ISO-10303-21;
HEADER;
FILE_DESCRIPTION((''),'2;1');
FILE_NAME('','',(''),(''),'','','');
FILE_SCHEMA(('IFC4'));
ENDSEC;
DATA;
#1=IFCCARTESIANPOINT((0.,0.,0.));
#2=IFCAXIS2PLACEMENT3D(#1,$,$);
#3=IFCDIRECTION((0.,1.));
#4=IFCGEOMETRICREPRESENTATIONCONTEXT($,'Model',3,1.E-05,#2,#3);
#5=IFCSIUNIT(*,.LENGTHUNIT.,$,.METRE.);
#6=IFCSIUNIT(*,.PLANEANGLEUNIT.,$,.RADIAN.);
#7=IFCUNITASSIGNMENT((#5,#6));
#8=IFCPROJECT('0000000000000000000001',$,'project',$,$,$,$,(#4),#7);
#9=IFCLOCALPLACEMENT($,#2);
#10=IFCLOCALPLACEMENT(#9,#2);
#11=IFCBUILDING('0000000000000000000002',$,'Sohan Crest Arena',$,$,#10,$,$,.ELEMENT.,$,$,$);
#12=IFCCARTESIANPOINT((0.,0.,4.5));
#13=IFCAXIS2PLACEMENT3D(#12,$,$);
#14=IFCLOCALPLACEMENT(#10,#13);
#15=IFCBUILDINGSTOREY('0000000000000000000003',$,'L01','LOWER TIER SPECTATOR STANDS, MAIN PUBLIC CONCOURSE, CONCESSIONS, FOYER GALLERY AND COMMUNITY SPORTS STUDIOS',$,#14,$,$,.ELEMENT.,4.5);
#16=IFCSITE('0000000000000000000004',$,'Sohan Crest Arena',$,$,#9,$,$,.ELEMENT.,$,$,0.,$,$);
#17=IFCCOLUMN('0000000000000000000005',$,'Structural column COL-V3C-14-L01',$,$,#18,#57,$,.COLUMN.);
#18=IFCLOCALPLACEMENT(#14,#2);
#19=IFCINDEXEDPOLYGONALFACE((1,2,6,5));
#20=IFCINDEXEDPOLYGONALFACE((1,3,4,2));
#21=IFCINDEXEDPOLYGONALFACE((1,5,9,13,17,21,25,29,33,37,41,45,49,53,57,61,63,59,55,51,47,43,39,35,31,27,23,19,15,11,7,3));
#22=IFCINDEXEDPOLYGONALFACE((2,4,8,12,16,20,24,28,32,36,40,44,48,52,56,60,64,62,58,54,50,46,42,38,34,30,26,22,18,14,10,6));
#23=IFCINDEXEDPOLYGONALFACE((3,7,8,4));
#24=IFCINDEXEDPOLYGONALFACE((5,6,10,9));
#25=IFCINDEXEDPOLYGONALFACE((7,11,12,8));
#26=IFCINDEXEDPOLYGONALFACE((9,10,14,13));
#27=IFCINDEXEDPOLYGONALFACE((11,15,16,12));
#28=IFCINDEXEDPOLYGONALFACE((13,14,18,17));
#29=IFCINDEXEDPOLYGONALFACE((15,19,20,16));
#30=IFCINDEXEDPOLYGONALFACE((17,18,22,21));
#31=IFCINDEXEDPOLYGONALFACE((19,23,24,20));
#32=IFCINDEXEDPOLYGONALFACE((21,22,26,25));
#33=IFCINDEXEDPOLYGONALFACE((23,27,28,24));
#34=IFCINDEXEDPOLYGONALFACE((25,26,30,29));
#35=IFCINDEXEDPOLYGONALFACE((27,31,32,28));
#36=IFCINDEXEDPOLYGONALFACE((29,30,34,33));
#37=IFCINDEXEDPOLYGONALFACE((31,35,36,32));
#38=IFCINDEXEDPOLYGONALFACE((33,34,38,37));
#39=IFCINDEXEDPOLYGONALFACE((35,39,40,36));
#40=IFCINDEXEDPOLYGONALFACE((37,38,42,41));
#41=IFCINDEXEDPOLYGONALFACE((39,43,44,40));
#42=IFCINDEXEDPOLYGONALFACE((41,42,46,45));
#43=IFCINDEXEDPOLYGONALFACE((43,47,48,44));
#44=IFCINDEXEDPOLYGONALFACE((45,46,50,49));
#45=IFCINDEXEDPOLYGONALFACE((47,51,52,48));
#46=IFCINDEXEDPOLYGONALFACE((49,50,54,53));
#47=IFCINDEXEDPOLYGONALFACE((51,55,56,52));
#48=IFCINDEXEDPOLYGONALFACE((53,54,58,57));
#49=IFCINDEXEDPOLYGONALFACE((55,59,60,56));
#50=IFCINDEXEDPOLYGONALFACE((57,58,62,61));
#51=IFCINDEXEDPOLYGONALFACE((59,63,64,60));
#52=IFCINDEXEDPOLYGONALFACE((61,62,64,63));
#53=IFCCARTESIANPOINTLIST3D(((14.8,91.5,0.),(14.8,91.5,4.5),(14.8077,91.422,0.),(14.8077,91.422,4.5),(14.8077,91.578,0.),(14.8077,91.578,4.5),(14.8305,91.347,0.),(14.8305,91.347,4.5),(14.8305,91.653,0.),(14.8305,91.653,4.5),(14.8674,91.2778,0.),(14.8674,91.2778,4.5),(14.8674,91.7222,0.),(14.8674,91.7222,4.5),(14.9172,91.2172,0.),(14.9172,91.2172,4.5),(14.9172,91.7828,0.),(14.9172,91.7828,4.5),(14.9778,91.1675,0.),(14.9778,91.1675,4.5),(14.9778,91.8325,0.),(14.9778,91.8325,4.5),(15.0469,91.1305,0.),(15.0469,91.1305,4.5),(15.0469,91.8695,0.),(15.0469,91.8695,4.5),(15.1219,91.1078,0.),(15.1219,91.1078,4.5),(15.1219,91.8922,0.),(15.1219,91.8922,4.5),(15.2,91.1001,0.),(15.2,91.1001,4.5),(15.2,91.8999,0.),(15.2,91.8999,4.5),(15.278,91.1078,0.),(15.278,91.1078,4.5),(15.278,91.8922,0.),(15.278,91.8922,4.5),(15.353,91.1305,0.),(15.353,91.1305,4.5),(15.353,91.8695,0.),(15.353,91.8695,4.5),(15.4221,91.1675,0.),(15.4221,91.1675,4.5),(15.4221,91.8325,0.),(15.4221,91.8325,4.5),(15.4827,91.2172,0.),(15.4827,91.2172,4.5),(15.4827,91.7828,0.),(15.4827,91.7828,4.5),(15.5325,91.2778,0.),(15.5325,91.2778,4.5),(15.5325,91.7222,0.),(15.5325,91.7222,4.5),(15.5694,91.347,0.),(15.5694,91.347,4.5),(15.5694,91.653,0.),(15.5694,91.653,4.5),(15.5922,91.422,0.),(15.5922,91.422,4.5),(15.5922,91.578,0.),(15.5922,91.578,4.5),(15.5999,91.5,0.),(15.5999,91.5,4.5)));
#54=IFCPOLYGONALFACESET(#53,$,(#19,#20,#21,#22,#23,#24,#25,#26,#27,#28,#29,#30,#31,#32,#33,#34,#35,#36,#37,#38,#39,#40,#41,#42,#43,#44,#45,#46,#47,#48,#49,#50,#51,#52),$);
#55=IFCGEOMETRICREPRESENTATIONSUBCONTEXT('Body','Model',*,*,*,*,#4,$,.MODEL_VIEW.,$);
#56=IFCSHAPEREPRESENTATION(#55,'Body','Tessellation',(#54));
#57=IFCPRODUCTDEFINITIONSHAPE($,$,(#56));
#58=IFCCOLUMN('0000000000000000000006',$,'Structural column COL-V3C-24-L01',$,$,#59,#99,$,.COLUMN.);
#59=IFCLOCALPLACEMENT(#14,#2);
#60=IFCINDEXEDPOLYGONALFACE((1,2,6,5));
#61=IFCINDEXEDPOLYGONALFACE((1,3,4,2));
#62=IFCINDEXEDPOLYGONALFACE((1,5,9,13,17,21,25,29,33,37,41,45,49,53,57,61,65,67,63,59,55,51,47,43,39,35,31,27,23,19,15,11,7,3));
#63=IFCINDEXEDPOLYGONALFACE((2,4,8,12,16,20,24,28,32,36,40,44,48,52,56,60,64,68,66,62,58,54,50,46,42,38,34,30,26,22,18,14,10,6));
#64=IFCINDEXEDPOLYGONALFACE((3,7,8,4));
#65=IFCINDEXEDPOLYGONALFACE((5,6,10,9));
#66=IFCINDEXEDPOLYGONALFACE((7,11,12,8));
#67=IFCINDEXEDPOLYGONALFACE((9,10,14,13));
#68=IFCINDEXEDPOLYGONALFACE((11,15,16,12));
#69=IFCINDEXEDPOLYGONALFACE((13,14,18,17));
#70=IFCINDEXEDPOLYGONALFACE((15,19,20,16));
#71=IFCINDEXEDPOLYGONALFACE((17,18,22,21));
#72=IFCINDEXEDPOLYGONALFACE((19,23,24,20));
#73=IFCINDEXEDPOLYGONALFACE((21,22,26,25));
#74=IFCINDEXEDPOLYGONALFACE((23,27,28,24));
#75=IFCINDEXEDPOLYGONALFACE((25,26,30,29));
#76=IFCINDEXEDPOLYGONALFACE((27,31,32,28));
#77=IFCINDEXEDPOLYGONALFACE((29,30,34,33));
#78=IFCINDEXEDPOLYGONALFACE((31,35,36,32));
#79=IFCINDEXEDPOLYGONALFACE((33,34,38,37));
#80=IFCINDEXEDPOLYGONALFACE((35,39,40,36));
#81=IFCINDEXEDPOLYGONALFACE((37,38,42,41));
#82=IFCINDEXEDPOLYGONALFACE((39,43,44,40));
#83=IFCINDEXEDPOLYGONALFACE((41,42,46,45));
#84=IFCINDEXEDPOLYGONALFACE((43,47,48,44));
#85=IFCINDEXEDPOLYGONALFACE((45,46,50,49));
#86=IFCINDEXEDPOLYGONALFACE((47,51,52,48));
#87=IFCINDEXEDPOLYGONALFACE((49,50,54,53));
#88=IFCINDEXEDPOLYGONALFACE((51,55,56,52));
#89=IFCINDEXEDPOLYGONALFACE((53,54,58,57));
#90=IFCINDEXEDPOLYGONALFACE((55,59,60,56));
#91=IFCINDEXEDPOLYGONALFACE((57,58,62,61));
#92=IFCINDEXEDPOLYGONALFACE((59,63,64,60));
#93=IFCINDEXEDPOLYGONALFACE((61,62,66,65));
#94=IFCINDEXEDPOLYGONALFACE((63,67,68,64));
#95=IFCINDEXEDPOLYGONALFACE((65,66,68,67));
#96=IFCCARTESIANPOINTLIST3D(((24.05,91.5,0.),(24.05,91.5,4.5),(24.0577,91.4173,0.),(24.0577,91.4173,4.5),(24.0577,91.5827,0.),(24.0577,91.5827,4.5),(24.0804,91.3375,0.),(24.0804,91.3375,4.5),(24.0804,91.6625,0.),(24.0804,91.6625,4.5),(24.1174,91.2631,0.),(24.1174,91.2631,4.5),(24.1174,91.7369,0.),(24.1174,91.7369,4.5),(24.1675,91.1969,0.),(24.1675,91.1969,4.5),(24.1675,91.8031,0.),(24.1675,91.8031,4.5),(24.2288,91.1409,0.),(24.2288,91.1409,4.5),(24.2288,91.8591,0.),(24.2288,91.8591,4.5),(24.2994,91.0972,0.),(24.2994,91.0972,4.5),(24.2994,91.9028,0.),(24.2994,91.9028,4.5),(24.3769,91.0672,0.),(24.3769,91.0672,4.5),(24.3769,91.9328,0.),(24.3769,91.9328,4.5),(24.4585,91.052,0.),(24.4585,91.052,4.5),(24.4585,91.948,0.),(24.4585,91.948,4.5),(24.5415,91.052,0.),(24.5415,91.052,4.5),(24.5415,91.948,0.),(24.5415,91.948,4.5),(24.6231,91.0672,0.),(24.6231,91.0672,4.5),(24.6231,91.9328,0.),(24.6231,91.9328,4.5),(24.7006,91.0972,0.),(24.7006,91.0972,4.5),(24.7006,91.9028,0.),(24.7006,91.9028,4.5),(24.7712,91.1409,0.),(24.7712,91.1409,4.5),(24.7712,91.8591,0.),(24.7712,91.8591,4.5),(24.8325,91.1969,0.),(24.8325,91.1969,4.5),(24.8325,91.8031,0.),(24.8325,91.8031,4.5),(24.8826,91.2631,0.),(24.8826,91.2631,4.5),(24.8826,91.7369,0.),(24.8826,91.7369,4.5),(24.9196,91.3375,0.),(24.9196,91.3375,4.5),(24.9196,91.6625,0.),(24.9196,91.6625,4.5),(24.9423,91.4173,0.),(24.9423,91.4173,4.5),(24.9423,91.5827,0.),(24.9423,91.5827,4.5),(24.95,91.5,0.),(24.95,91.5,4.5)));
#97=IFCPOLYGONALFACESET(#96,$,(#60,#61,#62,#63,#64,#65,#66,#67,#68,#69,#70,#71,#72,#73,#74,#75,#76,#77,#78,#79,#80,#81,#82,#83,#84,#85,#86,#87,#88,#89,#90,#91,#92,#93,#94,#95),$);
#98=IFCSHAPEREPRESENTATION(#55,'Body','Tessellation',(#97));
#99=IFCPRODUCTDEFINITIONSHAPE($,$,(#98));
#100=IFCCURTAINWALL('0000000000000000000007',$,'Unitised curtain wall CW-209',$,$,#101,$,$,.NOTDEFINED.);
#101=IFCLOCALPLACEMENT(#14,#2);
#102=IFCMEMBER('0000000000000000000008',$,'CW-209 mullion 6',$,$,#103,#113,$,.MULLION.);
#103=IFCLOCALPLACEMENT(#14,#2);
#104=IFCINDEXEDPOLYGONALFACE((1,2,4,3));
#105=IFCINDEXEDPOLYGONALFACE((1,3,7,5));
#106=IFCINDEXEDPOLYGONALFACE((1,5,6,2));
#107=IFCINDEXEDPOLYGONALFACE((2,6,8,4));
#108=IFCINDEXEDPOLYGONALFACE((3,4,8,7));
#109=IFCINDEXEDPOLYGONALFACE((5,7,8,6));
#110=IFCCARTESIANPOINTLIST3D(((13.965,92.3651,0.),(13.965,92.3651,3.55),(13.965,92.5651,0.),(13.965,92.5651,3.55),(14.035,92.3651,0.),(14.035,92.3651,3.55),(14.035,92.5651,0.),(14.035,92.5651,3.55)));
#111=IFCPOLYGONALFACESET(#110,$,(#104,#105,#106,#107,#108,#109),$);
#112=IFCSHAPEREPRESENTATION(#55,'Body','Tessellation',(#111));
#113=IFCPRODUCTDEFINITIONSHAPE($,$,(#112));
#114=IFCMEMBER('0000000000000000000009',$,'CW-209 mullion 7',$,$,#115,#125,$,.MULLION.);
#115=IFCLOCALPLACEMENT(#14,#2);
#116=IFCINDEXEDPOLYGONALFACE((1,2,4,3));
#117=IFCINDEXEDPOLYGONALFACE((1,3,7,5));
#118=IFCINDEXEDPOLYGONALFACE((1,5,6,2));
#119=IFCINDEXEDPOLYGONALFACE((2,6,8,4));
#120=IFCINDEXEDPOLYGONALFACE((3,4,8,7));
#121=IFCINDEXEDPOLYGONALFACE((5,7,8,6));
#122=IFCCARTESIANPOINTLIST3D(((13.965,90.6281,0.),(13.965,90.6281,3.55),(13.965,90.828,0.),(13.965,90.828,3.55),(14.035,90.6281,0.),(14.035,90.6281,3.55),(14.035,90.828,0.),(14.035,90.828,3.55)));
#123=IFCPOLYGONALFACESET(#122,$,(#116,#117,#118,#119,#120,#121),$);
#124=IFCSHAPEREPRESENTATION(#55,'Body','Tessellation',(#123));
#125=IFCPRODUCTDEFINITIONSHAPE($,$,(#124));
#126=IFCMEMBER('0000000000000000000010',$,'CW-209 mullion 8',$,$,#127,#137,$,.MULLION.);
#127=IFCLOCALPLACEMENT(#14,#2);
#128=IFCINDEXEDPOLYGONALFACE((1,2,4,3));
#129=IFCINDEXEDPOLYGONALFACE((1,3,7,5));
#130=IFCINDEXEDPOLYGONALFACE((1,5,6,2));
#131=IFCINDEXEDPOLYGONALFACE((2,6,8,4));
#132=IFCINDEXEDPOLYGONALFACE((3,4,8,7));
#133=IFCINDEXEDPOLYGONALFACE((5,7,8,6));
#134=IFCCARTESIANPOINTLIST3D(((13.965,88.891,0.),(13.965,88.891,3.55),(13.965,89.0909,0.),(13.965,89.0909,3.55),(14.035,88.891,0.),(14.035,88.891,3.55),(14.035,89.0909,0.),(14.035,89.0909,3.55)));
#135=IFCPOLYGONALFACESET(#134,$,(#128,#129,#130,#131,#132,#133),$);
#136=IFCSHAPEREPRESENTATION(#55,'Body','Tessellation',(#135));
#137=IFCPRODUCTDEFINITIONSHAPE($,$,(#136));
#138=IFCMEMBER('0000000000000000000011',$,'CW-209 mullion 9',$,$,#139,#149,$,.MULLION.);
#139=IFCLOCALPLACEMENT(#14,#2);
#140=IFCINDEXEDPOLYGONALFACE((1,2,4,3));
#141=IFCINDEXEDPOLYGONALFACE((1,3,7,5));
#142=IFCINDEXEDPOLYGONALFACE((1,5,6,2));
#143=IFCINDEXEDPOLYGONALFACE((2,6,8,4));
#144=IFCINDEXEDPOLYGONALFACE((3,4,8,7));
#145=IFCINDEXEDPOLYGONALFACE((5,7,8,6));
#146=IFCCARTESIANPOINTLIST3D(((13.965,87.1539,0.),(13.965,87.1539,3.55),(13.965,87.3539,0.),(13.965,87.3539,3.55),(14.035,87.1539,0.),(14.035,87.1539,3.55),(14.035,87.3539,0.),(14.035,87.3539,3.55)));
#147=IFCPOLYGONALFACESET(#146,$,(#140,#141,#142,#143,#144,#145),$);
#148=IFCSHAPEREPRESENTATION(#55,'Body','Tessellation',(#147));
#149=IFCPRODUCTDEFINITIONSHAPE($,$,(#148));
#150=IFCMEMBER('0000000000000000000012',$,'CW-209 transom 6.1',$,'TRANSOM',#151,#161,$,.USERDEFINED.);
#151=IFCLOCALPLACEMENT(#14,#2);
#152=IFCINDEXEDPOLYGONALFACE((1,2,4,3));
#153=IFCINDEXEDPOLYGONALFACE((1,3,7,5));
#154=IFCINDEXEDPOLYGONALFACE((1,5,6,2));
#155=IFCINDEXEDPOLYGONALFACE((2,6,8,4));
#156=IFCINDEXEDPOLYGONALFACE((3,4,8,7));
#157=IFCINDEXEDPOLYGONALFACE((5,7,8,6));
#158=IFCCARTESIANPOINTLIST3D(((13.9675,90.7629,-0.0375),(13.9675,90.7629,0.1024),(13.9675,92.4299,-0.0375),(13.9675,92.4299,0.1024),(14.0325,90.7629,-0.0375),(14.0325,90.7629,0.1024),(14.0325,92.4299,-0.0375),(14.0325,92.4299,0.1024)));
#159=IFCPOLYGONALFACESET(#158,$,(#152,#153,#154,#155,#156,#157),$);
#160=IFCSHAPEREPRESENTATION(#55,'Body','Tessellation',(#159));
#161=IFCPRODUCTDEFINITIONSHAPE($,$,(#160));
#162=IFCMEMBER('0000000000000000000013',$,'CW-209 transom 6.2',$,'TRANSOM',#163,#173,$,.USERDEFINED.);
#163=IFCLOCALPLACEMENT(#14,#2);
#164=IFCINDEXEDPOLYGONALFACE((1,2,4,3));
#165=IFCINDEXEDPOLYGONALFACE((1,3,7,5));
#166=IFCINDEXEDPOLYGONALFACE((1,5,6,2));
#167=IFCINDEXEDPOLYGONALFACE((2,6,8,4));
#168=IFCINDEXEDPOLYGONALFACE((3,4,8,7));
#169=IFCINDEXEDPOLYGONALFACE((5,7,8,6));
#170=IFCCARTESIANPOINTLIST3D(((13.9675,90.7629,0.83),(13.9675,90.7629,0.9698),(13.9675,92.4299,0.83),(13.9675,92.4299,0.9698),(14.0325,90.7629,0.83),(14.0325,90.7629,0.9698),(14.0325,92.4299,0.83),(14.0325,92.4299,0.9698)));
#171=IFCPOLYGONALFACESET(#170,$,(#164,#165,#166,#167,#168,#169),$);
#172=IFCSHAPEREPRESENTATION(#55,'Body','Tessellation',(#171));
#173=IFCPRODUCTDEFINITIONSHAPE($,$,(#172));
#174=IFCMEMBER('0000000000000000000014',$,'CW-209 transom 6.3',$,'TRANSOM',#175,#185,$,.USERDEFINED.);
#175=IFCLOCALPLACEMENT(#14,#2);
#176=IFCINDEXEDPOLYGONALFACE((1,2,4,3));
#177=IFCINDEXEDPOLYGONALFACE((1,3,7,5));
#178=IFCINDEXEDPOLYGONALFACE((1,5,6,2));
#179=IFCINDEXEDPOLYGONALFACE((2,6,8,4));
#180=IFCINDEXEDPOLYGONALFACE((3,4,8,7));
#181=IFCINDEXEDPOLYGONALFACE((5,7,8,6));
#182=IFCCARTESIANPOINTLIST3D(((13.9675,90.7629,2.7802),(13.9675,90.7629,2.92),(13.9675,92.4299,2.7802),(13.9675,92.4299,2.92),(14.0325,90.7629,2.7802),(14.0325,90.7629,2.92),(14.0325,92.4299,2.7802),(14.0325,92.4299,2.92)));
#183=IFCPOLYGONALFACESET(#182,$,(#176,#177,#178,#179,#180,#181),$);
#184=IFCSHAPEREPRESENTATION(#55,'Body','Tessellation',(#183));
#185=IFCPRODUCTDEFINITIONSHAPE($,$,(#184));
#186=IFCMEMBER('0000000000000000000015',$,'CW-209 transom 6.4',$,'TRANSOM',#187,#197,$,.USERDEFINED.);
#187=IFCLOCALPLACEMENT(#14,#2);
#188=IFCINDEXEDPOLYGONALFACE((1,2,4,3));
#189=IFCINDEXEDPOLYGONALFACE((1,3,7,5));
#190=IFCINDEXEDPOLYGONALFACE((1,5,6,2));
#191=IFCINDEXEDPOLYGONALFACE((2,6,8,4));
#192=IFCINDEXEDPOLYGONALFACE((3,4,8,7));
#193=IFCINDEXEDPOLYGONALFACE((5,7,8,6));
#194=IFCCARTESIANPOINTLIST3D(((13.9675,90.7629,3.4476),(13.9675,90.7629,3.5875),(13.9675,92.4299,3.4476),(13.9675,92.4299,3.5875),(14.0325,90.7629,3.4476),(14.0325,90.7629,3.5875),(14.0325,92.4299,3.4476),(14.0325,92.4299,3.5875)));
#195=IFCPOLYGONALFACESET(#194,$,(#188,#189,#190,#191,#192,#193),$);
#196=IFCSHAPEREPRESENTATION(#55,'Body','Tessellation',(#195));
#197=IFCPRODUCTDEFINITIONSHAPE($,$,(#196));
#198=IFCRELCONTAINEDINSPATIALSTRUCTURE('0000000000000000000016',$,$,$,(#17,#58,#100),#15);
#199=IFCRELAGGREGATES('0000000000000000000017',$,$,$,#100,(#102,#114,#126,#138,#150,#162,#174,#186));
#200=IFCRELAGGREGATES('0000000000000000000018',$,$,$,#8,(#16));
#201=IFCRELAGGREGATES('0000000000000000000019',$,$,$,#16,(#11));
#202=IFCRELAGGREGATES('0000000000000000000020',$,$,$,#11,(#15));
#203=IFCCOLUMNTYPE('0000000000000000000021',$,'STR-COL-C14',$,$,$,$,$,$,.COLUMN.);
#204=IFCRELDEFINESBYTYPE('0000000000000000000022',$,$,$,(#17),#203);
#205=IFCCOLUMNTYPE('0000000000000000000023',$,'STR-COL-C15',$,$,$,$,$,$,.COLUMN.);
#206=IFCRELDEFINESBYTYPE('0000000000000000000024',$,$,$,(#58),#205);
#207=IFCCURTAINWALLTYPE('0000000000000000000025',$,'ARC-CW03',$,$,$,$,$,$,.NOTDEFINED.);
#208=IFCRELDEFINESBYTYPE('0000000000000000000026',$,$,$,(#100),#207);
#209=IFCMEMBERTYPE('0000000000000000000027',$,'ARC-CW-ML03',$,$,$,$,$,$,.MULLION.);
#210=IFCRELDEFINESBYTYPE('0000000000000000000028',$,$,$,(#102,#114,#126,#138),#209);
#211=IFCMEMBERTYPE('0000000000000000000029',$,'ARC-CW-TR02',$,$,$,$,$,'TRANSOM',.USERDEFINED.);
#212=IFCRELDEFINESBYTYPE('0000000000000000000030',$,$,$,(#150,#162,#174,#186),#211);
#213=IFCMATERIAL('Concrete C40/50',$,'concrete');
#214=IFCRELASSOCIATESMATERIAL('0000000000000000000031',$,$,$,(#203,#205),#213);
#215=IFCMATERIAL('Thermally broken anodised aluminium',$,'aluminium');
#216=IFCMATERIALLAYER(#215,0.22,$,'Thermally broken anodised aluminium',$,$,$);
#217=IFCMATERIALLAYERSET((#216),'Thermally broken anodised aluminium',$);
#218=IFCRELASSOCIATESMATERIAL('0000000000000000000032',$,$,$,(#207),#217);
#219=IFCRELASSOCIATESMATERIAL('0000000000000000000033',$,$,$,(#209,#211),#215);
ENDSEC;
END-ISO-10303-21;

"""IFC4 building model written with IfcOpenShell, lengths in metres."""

from ifc_helpers import new_model, si_unit, direction, frame, origin, origin_2d, place, context, subcontext, project, spatial, rectangle, circle, extrude, material, layer, layer_set, material_profile, profile_set, type_object, element, aggregate, save


model = new_model("IFC4")

# Units and contexts
model_context = context("Model", 3, precision=1e-05, world=origin(), true_north=direction((0.0, 1.0)))
body_context = subcontext(model_context, "Body", "Model", "MODEL_VIEW")
ifc_project = project(units=[si_unit("LENGTHUNIT", "METRE"), si_unit("PLANEANGLEUNIT", "RADIAN")], contexts=[model_context])

# Site, building, storey
site_placement = place(None, origin())
site = spatial("IfcSite", under=ifc_project, at=site_placement, Name="Sohan Crest Arena", CompositionType="ELEMENT", RefElevation=0.0)
building_placement = place(site_placement, origin())
building = spatial("IfcBuilding", under=site, at=building_placement, Name="Sohan Crest Arena", CompositionType="ELEMENT")
storey_placement = place(building_placement, frame((0.0, 0.0, 4.5)))
storey = spatial("IfcBuildingStorey", under=building, at=storey_placement, Name="L01", Description="LOWER TIER SPECTATOR STANDS, MAIN PUBLIC CONCOURSE, CONCESSIONS, FOYER GALLERY AND COMMUNITY SPORTS STUDIOS", CompositionType="ELEMENT", Elevation=4.5)

# Columns
ifc_material_1 = material(Name="Concrete C40/50", Category="concrete")
ifc_material_profile_1 = material_profile(ifc_material_1, circle(Radius=0.3999, at=origin_2d()), Name="RC D800")
ifc_profile_set_1 = profile_set([ifc_material_profile_1], Name="Concrete C40/50")
column_type_1 = type_object("IfcColumnType", Name="STR-COL-C14", PredefinedType="COLUMN", material=ifc_profile_set_1)
column_1_placement = place(storey_placement, frame((15.2, 91.5, 0.0), z_axis=(0.0, 0.0, 1.0), x_axis=(1.0, 0.0, 0.0)))
element("IfcColumn", 1, at=column_1_placement, inside=storey, type_object=column_type_1, Name="Structural column COL-V3C-14-L01", PredefinedType="COLUMN", context=body_context, shape_type="SweptSolid", body=[
    extrude(circle(Radius=0.3999, at=origin_2d()), origin(), (0.0, 0.0, 1.0), 4.5),
])
ifc_material_profile_2 = material_profile(ifc_material_1, circle(Radius=0.45, at=origin_2d()), Name="RC D900")
ifc_profile_set_2 = profile_set([ifc_material_profile_2], Name="Concrete C40/50")
column_type_2 = type_object("IfcColumnType", Name="STR-COL-C15", PredefinedType="COLUMN", material=ifc_profile_set_2)
column_2_placement = place(storey_placement, frame((24.5, 91.5, 0.0), z_axis=(0.0, 0.0, 1.0), x_axis=(1.0, 0.0, 0.0)))
element("IfcColumn", 2, at=column_2_placement, inside=storey, type_object=column_type_2, Name="Structural column COL-V3C-24-L01", PredefinedType="COLUMN", context=body_context, shape_type="SweptSolid", body=[
    extrude(circle(Radius=0.45, at=origin_2d()), origin(), (0.0, 0.0, 1.0), 4.5),
])

# Curtain wall, members
ifc_material_2 = material(Name="Thermally broken anodised aluminium", Category="aluminium")
ifc_layer_1 = layer(ifc_material_2, 0.22, Name="Thermally broken anodised aluminium")
ifc_layer_set_1 = layer_set([ifc_layer_1], Name="Thermally broken anodised aluminium")
curtain_wall_type = type_object("IfcCurtainWallType", Name="ARC-CW03", PredefinedType="NOTDEFINED", material=ifc_layer_set_1)
curtain_wall_placement = place(storey_placement, origin())
curtain_wall = element("IfcCurtainWall", 3, at=curtain_wall_placement, inside=storey, type_object=curtain_wall_type, Name="Unitised curtain wall CW-209", PredefinedType="NOTDEFINED")
ifc_material_profile_3 = material_profile(ifc_material_2, rectangle(XDim=0.0701, YDim=0.2, at=origin_2d()), Name="ALU-MULL 70x200")
ifc_profile_set_3 = profile_set([ifc_material_profile_3], Name="Thermally broken anodised aluminium")
member_type_1 = type_object("IfcMemberType", Name="ARC-CW-ML03", PredefinedType="MULLION", material=ifc_profile_set_3)
member_1_placement = place(storey_placement, frame((14.0, 92.4651, 0.0), z_axis=(0.0, 0.0, 1.0), x_axis=(1.0, 0.0, 0.0)))
member_1 = element("IfcMember", 4, at=member_1_placement, type_object=member_type_1, Name="CW-209 mullion 6", PredefinedType="MULLION", context=body_context, shape_type="SweptSolid", body=[
    extrude(rectangle(XDim=0.0701, YDim=0.2, at=origin_2d()), origin(), (0.0, 0.0, 1.0), 3.55),
])
member_2_placement = place(storey_placement, frame((14.0, 90.728, 0.0), z_axis=(0.0, 0.0, 1.0), x_axis=(1.0, 0.0, 0.0)))
member_2 = element("IfcMember", 5, at=member_2_placement, type_object=member_type_1, Name="CW-209 mullion 7", PredefinedType="MULLION", context=body_context, shape_type="SweptSolid", body=[
    extrude(rectangle(XDim=0.0701, YDim=0.2, at=origin_2d()), origin(), (0.0, 0.0, 1.0), 3.55),
])
member_3_placement = place(storey_placement, frame((14.0, 88.991, 0.0), z_axis=(0.0, 0.0, 1.0), x_axis=(1.0, 0.0, 0.0)))
member_3 = element("IfcMember", 6, at=member_3_placement, type_object=member_type_1, Name="CW-209 mullion 8", PredefinedType="MULLION", context=body_context, shape_type="SweptSolid", body=[
    extrude(rectangle(XDim=0.0701, YDim=0.2, at=origin_2d()), origin(), (0.0, 0.0, 1.0), 3.55),
])
member_4_placement = place(storey_placement, frame((14.0, 87.2539, 0.0), z_axis=(0.0, 0.0, 1.0), x_axis=(1.0, 0.0, 0.0)))
member_4 = element("IfcMember", 7, at=member_4_placement, type_object=member_type_1, Name="CW-209 mullion 9", PredefinedType="MULLION", context=body_context, shape_type="SweptSolid", body=[
    extrude(rectangle(XDim=0.0701, YDim=0.2, at=origin_2d()), origin(), (0.0, 0.0, 1.0), 3.55),
])
ifc_material_profile_4 = material_profile(ifc_material_2, rectangle(XDim=0.0649, YDim=0.1399, at=origin_2d()), Name="ALU-TRAN 65x140")
ifc_profile_set_4 = profile_set([ifc_material_profile_4], Name="Thermally broken anodised aluminium")
member_type_2 = type_object("IfcMemberType", Name="ARC-CW-TR02", ElementType="TRANSOM", PredefinedType="USERDEFINED", material=ifc_profile_set_4)
member_5_placement = place(storey_placement, frame((14.0, 92.4299, 0.0325), z_axis=(0.0, -1.0, 0.0), x_axis=(1.0, 0.0, 0.0)))
member_5 = element("IfcMember", 8, at=member_5_placement, type_object=member_type_2, Name="CW-209 transom 6.1", ObjectType="TRANSOM", PredefinedType="USERDEFINED", context=body_context, shape_type="SweptSolid", body=[
    extrude(rectangle(XDim=0.0649, YDim=0.1399, at=origin_2d()), origin(), (0.0, 0.0, 1.0), 1.667),
])
member_6_placement = place(storey_placement, frame((14.0, 92.4299, 0.8999), z_axis=(0.0, -1.0, 0.0), x_axis=(1.0, 0.0, 0.0)))
member_6 = element("IfcMember", 9, at=member_6_placement, type_object=member_type_2, Name="CW-209 transom 6.2", ObjectType="TRANSOM", PredefinedType="USERDEFINED", context=body_context, shape_type="SweptSolid", body=[
    extrude(rectangle(XDim=0.0649, YDim=0.1399, at=origin_2d()), origin(), (0.0, 0.0, 1.0), 1.667),
])
member_7_placement = place(storey_placement, frame((14.0, 92.4299, 2.8501), z_axis=(0.0, -1.0, 0.0), x_axis=(1.0, 0.0, 0.0)))
member_7 = element("IfcMember", 10, at=member_7_placement, type_object=member_type_2, Name="CW-209 transom 6.3", ObjectType="TRANSOM", PredefinedType="USERDEFINED", context=body_context, shape_type="SweptSolid", body=[
    extrude(rectangle(XDim=0.0649, YDim=0.1399, at=origin_2d()), origin(), (0.0, 0.0, 1.0), 1.667),
])
member_8_placement = place(storey_placement, frame((14.0, 92.4299, 3.5176), z_axis=(0.0, -1.0, 0.0), x_axis=(1.0, 0.0, 0.0)))
member_8 = element("IfcMember", 11, at=member_8_placement, type_object=member_type_2, Name="CW-209 transom 6.4", ObjectType="TRANSOM", PredefinedType="USERDEFINED", context=body_context, shape_type="SweptSolid", body=[
    extrude(rectangle(XDim=0.0649, YDim=0.1399, at=origin_2d()), origin(), (0.0, 0.0, 1.0), 1.667),
])

aggregate(curtain_wall, [member_1, member_2, member_3, member_4, member_5, member_6, member_7, member_8])

save(model, "model.ifc")
